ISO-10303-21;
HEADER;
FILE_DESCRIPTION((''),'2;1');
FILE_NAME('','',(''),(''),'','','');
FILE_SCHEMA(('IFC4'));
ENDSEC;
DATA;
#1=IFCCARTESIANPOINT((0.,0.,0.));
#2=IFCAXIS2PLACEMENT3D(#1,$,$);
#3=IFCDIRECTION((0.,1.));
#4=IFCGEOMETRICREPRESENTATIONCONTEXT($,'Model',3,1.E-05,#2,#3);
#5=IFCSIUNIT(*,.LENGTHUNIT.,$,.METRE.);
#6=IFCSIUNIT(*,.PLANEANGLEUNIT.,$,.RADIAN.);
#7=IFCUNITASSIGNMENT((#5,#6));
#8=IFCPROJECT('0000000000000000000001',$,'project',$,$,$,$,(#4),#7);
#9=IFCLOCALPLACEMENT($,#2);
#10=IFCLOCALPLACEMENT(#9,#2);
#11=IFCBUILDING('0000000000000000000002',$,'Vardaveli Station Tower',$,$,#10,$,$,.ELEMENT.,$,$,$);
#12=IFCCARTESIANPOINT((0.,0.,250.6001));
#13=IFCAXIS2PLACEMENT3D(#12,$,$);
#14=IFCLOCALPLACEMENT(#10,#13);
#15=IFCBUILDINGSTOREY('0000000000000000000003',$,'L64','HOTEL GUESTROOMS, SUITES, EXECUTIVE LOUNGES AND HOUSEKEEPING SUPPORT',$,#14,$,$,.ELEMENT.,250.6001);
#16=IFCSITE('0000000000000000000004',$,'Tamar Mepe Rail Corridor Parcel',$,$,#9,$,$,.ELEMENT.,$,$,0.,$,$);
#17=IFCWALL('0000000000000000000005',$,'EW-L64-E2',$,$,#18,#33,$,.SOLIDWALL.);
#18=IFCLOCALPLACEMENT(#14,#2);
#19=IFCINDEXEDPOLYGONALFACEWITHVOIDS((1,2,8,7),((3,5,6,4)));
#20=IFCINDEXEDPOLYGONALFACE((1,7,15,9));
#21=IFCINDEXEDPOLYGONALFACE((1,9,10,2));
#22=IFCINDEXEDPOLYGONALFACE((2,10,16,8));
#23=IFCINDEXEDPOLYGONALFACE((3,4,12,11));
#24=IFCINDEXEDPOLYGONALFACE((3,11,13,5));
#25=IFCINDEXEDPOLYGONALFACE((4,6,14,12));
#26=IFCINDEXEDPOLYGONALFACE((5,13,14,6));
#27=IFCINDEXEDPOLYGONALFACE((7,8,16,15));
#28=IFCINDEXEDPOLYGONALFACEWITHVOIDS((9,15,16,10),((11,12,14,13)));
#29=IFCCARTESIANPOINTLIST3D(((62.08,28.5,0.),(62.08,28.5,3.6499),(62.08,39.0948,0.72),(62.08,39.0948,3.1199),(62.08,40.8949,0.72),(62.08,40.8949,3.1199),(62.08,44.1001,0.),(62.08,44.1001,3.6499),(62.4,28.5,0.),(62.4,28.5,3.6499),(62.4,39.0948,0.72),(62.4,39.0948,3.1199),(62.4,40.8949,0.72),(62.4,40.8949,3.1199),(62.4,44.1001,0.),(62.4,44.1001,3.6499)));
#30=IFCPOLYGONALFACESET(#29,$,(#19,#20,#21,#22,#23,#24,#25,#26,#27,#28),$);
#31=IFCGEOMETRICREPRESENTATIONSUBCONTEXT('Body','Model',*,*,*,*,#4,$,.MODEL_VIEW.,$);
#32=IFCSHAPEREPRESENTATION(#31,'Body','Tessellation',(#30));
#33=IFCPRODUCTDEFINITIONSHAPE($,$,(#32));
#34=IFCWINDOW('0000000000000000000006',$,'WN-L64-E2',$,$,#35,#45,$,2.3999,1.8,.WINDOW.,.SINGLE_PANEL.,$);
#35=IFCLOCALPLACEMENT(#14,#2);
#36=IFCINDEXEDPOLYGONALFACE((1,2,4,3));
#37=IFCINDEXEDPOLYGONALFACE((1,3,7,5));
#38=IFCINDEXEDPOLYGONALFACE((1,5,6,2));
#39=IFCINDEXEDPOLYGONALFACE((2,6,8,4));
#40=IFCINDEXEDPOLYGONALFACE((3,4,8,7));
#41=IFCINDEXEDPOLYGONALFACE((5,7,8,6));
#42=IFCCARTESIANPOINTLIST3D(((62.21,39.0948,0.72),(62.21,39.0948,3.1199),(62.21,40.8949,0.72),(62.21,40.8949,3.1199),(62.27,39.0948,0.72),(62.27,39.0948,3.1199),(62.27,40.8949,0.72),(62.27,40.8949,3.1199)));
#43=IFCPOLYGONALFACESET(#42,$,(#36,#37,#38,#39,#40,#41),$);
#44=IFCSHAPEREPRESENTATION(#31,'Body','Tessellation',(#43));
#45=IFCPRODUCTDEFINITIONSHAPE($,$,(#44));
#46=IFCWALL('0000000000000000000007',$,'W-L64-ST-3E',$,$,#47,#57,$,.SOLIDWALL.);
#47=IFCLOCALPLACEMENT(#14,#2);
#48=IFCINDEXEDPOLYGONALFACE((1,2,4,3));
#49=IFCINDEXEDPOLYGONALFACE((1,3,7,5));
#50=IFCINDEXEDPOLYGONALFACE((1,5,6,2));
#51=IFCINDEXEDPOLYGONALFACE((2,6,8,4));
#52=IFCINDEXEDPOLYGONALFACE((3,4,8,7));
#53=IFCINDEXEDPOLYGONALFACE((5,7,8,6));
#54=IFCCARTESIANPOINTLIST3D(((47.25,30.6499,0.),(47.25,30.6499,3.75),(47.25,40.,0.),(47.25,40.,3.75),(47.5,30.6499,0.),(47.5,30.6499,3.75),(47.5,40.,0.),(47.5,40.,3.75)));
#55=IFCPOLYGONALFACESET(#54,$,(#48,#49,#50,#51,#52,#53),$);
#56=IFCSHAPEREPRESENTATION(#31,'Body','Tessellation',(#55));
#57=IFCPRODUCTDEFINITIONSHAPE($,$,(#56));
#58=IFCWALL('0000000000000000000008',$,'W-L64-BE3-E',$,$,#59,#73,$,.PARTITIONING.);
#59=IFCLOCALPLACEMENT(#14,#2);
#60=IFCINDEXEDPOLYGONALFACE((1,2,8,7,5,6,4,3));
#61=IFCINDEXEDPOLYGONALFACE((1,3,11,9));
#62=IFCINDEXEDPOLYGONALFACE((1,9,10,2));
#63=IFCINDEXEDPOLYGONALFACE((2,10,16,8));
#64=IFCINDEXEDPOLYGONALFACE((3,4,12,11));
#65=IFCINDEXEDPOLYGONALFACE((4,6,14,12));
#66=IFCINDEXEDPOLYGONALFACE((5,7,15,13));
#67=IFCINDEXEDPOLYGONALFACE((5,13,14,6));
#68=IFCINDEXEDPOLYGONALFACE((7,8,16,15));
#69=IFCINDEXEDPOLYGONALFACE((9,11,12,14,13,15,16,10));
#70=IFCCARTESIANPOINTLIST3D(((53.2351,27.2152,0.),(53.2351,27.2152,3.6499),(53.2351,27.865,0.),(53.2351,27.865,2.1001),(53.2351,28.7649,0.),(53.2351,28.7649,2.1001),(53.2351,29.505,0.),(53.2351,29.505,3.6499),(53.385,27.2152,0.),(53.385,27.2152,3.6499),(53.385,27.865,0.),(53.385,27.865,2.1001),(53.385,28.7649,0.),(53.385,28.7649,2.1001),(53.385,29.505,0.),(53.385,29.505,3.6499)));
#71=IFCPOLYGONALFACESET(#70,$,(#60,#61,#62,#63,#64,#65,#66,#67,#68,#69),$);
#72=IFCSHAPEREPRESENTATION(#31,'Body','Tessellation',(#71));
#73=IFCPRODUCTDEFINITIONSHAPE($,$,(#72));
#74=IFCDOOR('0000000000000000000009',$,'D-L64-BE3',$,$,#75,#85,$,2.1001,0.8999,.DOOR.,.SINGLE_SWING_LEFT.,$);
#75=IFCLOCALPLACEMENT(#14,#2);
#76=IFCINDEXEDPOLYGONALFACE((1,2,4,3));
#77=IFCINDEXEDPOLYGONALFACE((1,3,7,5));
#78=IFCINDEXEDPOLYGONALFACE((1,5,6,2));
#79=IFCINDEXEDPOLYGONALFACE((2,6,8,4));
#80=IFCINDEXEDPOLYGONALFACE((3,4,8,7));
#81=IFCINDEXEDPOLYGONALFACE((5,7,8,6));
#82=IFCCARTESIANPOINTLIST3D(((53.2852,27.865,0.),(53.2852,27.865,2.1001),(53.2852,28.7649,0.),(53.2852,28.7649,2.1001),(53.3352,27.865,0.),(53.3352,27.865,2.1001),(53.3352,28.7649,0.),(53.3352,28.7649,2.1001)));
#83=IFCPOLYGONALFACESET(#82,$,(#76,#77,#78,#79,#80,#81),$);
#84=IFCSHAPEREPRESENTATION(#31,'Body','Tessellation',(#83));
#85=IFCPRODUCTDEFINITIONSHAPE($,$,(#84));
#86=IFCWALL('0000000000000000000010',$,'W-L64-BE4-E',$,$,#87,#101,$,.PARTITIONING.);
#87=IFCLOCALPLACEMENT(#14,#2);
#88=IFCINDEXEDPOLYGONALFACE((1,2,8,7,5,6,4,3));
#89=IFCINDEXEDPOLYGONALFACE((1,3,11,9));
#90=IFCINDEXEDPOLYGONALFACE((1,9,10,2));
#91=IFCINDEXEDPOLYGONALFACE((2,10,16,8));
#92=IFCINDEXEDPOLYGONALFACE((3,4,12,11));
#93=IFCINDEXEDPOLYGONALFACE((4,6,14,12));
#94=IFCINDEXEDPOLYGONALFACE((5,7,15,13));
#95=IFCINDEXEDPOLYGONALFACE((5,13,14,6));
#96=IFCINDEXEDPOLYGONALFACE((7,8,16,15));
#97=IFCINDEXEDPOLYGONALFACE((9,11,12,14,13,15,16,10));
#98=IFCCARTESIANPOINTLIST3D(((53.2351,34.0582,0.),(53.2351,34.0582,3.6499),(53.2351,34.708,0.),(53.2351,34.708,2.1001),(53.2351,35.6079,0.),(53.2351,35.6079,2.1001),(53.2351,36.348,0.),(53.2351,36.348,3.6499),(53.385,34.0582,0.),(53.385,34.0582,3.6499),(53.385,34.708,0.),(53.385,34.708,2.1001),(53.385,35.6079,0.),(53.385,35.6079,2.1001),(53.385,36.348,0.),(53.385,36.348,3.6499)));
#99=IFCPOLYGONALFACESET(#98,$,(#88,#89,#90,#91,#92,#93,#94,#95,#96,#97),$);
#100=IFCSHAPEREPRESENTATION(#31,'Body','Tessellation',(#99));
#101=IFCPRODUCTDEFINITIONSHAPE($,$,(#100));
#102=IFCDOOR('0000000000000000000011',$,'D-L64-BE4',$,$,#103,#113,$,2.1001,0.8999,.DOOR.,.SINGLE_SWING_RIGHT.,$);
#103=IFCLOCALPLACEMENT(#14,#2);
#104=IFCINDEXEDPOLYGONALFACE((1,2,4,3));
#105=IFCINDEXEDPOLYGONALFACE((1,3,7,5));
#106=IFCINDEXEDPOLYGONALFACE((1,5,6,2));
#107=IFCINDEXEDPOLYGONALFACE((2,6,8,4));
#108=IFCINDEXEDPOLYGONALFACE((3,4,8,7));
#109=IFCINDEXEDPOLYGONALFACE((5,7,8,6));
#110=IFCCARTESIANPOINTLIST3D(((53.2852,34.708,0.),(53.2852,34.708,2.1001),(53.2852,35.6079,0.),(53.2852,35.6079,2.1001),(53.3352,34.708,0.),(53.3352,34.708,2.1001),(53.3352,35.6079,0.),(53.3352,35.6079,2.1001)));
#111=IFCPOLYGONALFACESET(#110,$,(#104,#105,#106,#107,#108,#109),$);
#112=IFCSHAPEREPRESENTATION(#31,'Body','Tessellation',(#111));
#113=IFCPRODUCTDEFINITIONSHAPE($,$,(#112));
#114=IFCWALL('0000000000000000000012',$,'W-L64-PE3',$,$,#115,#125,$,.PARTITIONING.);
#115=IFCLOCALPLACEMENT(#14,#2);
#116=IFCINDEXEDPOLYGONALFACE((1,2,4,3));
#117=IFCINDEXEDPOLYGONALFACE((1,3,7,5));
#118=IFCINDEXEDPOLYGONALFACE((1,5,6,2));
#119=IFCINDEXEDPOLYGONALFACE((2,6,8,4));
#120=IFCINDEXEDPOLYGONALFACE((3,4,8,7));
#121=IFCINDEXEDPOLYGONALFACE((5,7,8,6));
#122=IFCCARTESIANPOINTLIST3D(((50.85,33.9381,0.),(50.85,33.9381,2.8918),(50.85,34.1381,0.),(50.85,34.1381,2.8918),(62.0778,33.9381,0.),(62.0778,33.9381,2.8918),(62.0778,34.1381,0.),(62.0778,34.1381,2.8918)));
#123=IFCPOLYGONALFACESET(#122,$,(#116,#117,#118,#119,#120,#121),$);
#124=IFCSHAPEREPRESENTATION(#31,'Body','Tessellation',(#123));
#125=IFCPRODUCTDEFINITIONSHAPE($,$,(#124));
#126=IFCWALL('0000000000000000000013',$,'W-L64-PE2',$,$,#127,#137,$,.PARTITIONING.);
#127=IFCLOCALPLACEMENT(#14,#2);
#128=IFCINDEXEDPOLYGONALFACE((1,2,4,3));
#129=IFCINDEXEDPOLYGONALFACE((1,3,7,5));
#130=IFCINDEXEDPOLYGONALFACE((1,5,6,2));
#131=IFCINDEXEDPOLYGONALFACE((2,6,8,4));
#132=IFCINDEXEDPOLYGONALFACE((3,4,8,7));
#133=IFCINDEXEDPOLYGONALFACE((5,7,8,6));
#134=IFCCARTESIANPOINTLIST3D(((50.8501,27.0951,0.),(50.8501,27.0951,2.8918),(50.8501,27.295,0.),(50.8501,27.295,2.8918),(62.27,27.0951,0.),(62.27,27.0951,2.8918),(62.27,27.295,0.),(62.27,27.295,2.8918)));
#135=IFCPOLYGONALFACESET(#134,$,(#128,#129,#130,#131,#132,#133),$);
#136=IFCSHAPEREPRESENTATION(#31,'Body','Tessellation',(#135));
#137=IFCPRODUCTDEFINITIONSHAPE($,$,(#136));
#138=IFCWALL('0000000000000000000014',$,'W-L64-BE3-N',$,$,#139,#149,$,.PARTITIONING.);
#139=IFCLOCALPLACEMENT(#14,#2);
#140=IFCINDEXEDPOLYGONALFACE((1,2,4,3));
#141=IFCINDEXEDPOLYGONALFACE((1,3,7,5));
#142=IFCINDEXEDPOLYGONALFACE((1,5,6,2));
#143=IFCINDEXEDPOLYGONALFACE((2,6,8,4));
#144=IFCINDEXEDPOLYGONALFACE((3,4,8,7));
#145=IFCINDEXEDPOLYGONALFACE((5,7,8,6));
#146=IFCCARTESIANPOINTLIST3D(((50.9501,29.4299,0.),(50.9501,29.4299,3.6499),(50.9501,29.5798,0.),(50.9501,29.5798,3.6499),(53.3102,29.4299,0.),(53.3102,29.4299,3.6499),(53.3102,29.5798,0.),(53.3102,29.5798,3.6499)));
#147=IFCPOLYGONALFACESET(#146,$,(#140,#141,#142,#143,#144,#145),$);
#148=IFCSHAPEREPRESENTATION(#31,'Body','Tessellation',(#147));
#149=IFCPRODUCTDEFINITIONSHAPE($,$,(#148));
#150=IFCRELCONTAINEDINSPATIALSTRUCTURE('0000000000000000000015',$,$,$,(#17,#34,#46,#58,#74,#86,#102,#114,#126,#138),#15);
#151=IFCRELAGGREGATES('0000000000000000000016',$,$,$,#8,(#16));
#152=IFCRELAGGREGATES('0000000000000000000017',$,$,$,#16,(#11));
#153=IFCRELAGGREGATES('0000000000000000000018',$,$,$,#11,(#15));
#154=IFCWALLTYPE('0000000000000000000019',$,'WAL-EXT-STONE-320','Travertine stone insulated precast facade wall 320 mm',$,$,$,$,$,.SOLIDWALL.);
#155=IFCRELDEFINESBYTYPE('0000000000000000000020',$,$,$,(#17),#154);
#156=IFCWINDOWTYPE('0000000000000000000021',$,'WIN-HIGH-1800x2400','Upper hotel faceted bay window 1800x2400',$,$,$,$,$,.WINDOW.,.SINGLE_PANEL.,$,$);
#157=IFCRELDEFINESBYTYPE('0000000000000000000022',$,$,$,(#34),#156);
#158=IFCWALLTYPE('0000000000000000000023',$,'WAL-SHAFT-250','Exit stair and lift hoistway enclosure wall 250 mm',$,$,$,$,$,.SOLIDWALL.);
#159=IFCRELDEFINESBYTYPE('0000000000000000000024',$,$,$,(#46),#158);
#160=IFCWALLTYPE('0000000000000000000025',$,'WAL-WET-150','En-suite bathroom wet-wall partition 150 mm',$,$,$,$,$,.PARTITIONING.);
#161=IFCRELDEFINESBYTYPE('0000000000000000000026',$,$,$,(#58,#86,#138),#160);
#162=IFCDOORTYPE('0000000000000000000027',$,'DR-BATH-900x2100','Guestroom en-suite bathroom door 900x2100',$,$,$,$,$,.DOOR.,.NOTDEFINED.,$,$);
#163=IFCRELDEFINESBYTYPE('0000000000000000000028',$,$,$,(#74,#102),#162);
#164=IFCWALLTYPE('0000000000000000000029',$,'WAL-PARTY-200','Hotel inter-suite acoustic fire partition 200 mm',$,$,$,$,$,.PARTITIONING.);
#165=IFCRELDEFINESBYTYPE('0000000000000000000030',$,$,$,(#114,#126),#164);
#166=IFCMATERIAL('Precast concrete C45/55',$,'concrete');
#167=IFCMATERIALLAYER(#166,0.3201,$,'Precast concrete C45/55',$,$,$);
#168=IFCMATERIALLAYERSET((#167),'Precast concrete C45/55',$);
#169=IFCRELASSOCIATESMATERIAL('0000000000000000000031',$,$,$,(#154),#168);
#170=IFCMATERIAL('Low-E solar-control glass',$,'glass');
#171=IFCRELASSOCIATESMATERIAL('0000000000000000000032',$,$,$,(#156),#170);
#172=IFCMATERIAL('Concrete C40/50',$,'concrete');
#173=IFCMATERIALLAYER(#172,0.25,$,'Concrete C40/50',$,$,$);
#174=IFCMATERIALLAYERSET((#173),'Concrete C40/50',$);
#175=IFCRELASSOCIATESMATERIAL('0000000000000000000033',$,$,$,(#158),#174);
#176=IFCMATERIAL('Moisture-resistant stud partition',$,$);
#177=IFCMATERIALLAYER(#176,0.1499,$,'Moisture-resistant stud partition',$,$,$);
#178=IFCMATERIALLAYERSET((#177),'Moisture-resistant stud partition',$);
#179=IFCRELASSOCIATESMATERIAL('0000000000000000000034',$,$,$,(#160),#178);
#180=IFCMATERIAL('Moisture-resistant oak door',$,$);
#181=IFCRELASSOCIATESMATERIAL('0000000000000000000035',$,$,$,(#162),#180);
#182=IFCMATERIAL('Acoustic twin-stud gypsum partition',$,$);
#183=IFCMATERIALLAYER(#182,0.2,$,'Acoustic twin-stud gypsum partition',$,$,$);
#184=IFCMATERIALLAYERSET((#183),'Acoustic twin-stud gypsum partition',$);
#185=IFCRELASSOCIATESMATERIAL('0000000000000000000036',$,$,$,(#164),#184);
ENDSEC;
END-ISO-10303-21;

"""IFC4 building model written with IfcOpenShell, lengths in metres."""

from ifc_helpers import new_model, si_unit, direction, frame, frame_2d, origin, place, context, subcontext, project, spatial, rectangle, extrude, source, transform, mapped, material, layer, layer_set, type_object, element, fill, save


model = new_model("IFC4")

# Units and contexts
model_context = context("Model", 3, precision=1e-05, world=origin(), true_north=direction((0.0, 1.0)))
body_context = subcontext(model_context, "Body", "Model", "MODEL_VIEW")
ifc_project = project(units=[si_unit("LENGTHUNIT", "METRE"), si_unit("PLANEANGLEUNIT", "RADIAN")], contexts=[model_context])

# Site, building, storey
site_placement = place(None, origin())
site = spatial("IfcSite", under=ifc_project, at=site_placement, Name="Tamar Mepe Rail Corridor Parcel", CompositionType="ELEMENT", RefElevation=0.0)
building_placement = place(site_placement, origin())
building = spatial("IfcBuilding", under=site, at=building_placement, Name="Vardaveli Station Tower", CompositionType="ELEMENT")
storey_placement = place(building_placement, frame((0.0, 0.0, 250.6001)))
storey = spatial("IfcBuildingStorey", under=building, at=storey_placement, Name="L64", Description="HOTEL GUESTROOMS, SUITES, EXECUTIVE LOUNGES AND HOUSEKEEPING SUPPORT", CompositionType="ELEMENT", Elevation=250.6001)

# Shared definitions
ifc_material_1 = material(Name="Precast concrete C45/55", Category="concrete")

# Wall, opening, window
ifc_layer_1 = layer(ifc_material_1, 0.3201, Name="Precast concrete C45/55")
ifc_layer_set_1 = layer_set([ifc_layer_1], Name="Precast concrete C45/55")
wall_type_1 = type_object("IfcWallType", Name="WAL-EXT-STONE-320", Description="Travertine stone insulated precast facade wall 320 mm", PredefinedType="SOLIDWALL", material=ifc_layer_set_1)
shared_shape_1 = source(origin(), body_context, "Body", "SweptSolid", [
    extrude(rectangle(XDim=15.6001, YDim=0.3201, at=frame_2d((7.8, 0.0))), origin(), (0.0, 0.0, 1.0), 3.6499),
])
wall_1_placement = place(storey_placement, frame((62.24, 28.5, 0.0), z_axis=(0.0, 0.0, 1.0), x_axis=(0.0, 1.0, 0.0)))
wall_1 = element("IfcWall", 1, at=wall_1_placement, inside=storey, type_object=wall_type_1, Name="EW-L64-E2", PredefinedType="SOLIDWALL", context=body_context, shape_type="MappedRepresentation", body=[
    mapped(shared_shape_1, transform((0.0, 0.0, 0.0), scale=1.0)),
])
shared_shape_2 = source(origin(), body_context, "Body", "SweptSolid", [
    extrude(rectangle(XDim=1.8, YDim=2.3999, at=frame_2d((0.8999, 1.2))), frame((0.0, 0.1699, 0.0), z_axis=(0.0, -1.0, 0.0), x_axis=(1.0, 0.0, 0.0)), (0.0, 0.0, 1.0), 0.3401),
])
opening_1_placement = place(wall_1_placement, frame((10.595, 0.0, 0.72)))
opening_1 = element("IfcOpeningElement", 2, at=opening_1_placement, cuts=wall_1, PredefinedType="OPENING", context=body_context, shape_type="MappedRepresentation", body=[
    mapped(shared_shape_2, transform((0.0, 0.0, 0.0), scale=1.0)),
])
ifc_material_2 = material(Name="Low-E solar-control glass", Category="glass")
window_type = type_object("IfcWindowType", Name="WIN-HIGH-1800x2400", Description="Upper hotel faceted bay window 1800x2400", PartitioningType="SINGLE_PANEL", PredefinedType="WINDOW", material=ifc_material_2)
shared_shape_3 = source(origin(), body_context, "Body", "SweptSolid", [
    extrude(rectangle(XDim=1.8, YDim=2.3999, at=frame_2d((0.8999, 1.2))), frame((0.0, 0.03, 0.0), z_axis=(0.0, -1.0, 0.0), x_axis=(1.0, 0.0, 0.0)), (0.0, 0.0, 1.0), 0.0601),
])
window_placement = place(opening_1_placement, origin())
window = element("IfcWindow", 3, at=window_placement, inside=storey, type_object=window_type, Name="WN-L64-E2", OverallHeight=2.3999, OverallWidth=1.8, PartitioningType="SINGLE_PANEL", PredefinedType="WINDOW", context=body_context, shape_type="MappedRepresentation", body=[
    mapped(shared_shape_3, transform((0.0, 0.0, 0.0), scale=1.0)),
])
fill(opening_1, window)

# Wall
ifc_material_3 = material(Name="Concrete C40/50", Category="concrete")
ifc_layer_2 = layer(ifc_material_3, 0.25, Name="Concrete C40/50")
ifc_layer_set_2 = layer_set([ifc_layer_2], Name="Concrete C40/50")
wall_type_2 = type_object("IfcWallType", Name="WAL-SHAFT-250", Description="Exit stair and lift hoistway enclosure wall 250 mm", PredefinedType="SOLIDWALL", material=ifc_layer_set_2)
shared_shape_4 = source(origin(), body_context, "Body", "SweptSolid", [
    extrude(rectangle(XDim=9.3501, YDim=0.25, at=frame_2d((4.675, 0.0))), origin(), (0.0, 0.0, 1.0), 3.75),
])
wall_2_placement = place(storey_placement, frame((47.375, 30.6499, 0.0), z_axis=(0.0, 0.0, 1.0), x_axis=(0.0, 1.0, 0.0)))
element("IfcWall", 4, at=wall_2_placement, inside=storey, type_object=wall_type_2, Name="W-L64-ST-3E", PredefinedType="SOLIDWALL", context=body_context, shape_type="MappedRepresentation", body=[
    mapped(shared_shape_4, transform((0.0, 0.0, 0.0), scale=1.0)),
])

# Walls, openings, doors
ifc_material_4 = material(Name="Moisture-resistant stud partition")
ifc_layer_3 = layer(ifc_material_4, 0.1499, Name="Moisture-resistant stud partition")
ifc_layer_set_3 = layer_set([ifc_layer_3], Name="Moisture-resistant stud partition")
wall_type_3 = type_object("IfcWallType", Name="WAL-WET-150", Description="En-suite bathroom wet-wall partition 150 mm", PredefinedType="PARTITIONING", material=ifc_layer_set_3)
shared_shape_5 = source(origin(), body_context, "Body", "SweptSolid", [
    extrude(rectangle(XDim=2.2898, YDim=0.1499, at=frame_2d((1.145, 0.0))), origin(), (0.0, 0.0, 1.0), 3.6499),
])
wall_3_placement = place(storey_placement, frame((53.3101, 27.2151, 0.0), z_axis=(0.0, 0.0, 1.0), x_axis=(0.0, 1.0, 0.0)))
wall_3 = element("IfcWall", 5, at=wall_3_placement, inside=storey, type_object=wall_type_3, Name="W-L64-BE3-E", PredefinedType="PARTITIONING", context=body_context, shape_type="MappedRepresentation", body=[
    mapped(shared_shape_5, transform((0.0, 0.0, 0.0), scale=1.0)),
])
shared_shape_6 = source(origin(), body_context, "Body", "SweptSolid", [
    extrude(rectangle(XDim=0.8999, YDim=2.1001, at=frame_2d((0.45, 1.05))), frame((0.0, 0.085, 0.0), z_axis=(0.0, -1.0, 0.0), x_axis=(1.0, 0.0, 0.0)), (0.0, 0.0, 1.0), 0.1699),
])
opening_2_placement = place(wall_3_placement, frame((0.6499, 0.0, 0.0)))
opening_2 = element("IfcOpeningElement", 6, at=opening_2_placement, cuts=wall_3, PredefinedType="OPENING", context=body_context, shape_type="MappedRepresentation", body=[
    mapped(shared_shape_6, transform((0.0, 0.0, 0.0), scale=1.0)),
])
ifc_material_5 = material(Name="Moisture-resistant oak door")
door_type = type_object("IfcDoorType", Name="DR-BATH-900x2100", Description="Guestroom en-suite bathroom door 900x2100", OperationType="NOTDEFINED", PredefinedType="DOOR", material=ifc_material_5)
shared_shape_7 = source(origin(), body_context, "Body", "SweptSolid", [
    extrude(rectangle(XDim=0.8999, YDim=2.1001, at=frame_2d((0.45, 1.05))), frame((0.0, 0.0249, 0.0), z_axis=(0.0, -1.0, 0.0), x_axis=(1.0, 0.0, 0.0)), (0.0, 0.0, 1.0), 0.05),
])
door_1_placement = place(opening_2_placement, origin())
door_1 = element("IfcDoor", 7, at=door_1_placement, inside=storey, type_object=door_type, Name="D-L64-BE3", OperationType="SINGLE_SWING_LEFT", OverallHeight=2.1001, OverallWidth=0.8999, PredefinedType="DOOR", context=body_context, shape_type="MappedRepresentation", body=[
    mapped(shared_shape_7, transform((0.0, 0.0, 0.0), scale=1.0)),
])
fill(opening_2, door_1)
wall_4_placement = place(storey_placement, frame((53.3101, 34.0581, 0.0), z_axis=(0.0, 0.0, 1.0), x_axis=(0.0, 1.0, 0.0)))
wall_4 = element("IfcWall", 8, at=wall_4_placement, inside=storey, type_object=wall_type_3, Name="W-L64-BE4-E", PredefinedType="PARTITIONING", context=body_context, shape_type="MappedRepresentation", body=[
    mapped(shared_shape_5, transform((0.0, 0.0, 0.0), scale=1.0)),
])
opening_3_placement = place(wall_4_placement, frame((0.6499, 0.0, 0.0)))
opening_3 = element("IfcOpeningElement", 9, at=opening_3_placement, cuts=wall_4, PredefinedType="OPENING", context=body_context, shape_type="MappedRepresentation", body=[
    mapped(shared_shape_6, transform((0.0, 0.0, 0.0), scale=1.0)),
])
door_2_placement = place(opening_3_placement, origin())
door_2 = element("IfcDoor", 10, at=door_2_placement, inside=storey, type_object=door_type, Name="D-L64-BE4", OperationType="SINGLE_SWING_RIGHT", OverallHeight=2.1001, OverallWidth=0.8999, PredefinedType="DOOR", context=body_context, shape_type="MappedRepresentation", body=[
    mapped(shared_shape_7, transform((0.0, 0.0, 0.0), scale=1.0)),
])
fill(opening_3, door_2)

# Walls
ifc_material_6 = material(Name="Acoustic twin-stud gypsum partition")
ifc_layer_4 = layer(ifc_material_6, 0.2, Name="Acoustic twin-stud gypsum partition")
ifc_layer_set_4 = layer_set([ifc_layer_4], Name="Acoustic twin-stud gypsum partition")
wall_type_4 = type_object("IfcWallType", Name="WAL-PARTY-200", Description="Hotel inter-suite acoustic fire partition 200 mm", PredefinedType="PARTITIONING", material=ifc_layer_set_4)
shared_shape_8 = source(origin(), body_context, "Body", "SweptSolid", [
    extrude(rectangle(XDim=11.2278, YDim=0.2, at=frame_2d((5.6138, 0.0))), origin(), (0.0, 0.0, 1.0), 2.8918),
])
wall_5_placement = place(storey_placement, frame((50.8501, 34.0381, 0.0), z_axis=(0.0, 0.0, 1.0), x_axis=(1.0, 0.0, 0.0)))
element("IfcWall", 11, at=wall_5_placement, inside=storey, type_object=wall_type_4, Name="W-L64-PE3", PredefinedType="PARTITIONING", context=body_context, shape_type="MappedRepresentation", body=[
    mapped(shared_shape_8, transform((0.0, 0.0, 0.0), scale=1.0)),
])
shared_shape_9 = source(origin(), body_context, "Body", "SweptSolid", [
    extrude(rectangle(XDim=11.4199, YDim=0.2, at=frame_2d((5.71, 0.0))), origin(), (0.0, 0.0, 1.0), 2.8918),
])
wall_6_placement = place(storey_placement, frame((50.8501, 27.1951, 0.0), z_axis=(0.0, 0.0, 1.0), x_axis=(1.0, 0.0, 0.0)))
element("IfcWall", 12, at=wall_6_placement, inside=storey, type_object=wall_type_4, Name="W-L64-PE2", PredefinedType="PARTITIONING", context=body_context, shape_type="MappedRepresentation", body=[
    mapped(shared_shape_9, transform((0.0, 0.0, 0.0), scale=1.0)),
])
shared_shape_10 = source(origin(), body_context, "Body", "SweptSolid", [
    extrude(rectangle(XDim=2.3601, YDim=0.1499, at=frame_2d((1.1802, 0.0))), origin(), (0.0, 0.0, 1.0), 3.6499),
])
wall_7_placement = place(storey_placement, frame((50.95, 29.5049, 0.0), z_axis=(0.0, 0.0, 1.0), x_axis=(1.0, 0.0, 0.0)))
element("IfcWall", 13, at=wall_7_placement, inside=storey, type_object=wall_type_3, Name="W-L64-BE3-N", PredefinedType="PARTITIONING", context=body_context, shape_type="MappedRepresentation", body=[
    mapped(shared_shape_10, transform((0.0, 0.0, 0.0), scale=1.0)),
])

save(model, "model.ifc")
